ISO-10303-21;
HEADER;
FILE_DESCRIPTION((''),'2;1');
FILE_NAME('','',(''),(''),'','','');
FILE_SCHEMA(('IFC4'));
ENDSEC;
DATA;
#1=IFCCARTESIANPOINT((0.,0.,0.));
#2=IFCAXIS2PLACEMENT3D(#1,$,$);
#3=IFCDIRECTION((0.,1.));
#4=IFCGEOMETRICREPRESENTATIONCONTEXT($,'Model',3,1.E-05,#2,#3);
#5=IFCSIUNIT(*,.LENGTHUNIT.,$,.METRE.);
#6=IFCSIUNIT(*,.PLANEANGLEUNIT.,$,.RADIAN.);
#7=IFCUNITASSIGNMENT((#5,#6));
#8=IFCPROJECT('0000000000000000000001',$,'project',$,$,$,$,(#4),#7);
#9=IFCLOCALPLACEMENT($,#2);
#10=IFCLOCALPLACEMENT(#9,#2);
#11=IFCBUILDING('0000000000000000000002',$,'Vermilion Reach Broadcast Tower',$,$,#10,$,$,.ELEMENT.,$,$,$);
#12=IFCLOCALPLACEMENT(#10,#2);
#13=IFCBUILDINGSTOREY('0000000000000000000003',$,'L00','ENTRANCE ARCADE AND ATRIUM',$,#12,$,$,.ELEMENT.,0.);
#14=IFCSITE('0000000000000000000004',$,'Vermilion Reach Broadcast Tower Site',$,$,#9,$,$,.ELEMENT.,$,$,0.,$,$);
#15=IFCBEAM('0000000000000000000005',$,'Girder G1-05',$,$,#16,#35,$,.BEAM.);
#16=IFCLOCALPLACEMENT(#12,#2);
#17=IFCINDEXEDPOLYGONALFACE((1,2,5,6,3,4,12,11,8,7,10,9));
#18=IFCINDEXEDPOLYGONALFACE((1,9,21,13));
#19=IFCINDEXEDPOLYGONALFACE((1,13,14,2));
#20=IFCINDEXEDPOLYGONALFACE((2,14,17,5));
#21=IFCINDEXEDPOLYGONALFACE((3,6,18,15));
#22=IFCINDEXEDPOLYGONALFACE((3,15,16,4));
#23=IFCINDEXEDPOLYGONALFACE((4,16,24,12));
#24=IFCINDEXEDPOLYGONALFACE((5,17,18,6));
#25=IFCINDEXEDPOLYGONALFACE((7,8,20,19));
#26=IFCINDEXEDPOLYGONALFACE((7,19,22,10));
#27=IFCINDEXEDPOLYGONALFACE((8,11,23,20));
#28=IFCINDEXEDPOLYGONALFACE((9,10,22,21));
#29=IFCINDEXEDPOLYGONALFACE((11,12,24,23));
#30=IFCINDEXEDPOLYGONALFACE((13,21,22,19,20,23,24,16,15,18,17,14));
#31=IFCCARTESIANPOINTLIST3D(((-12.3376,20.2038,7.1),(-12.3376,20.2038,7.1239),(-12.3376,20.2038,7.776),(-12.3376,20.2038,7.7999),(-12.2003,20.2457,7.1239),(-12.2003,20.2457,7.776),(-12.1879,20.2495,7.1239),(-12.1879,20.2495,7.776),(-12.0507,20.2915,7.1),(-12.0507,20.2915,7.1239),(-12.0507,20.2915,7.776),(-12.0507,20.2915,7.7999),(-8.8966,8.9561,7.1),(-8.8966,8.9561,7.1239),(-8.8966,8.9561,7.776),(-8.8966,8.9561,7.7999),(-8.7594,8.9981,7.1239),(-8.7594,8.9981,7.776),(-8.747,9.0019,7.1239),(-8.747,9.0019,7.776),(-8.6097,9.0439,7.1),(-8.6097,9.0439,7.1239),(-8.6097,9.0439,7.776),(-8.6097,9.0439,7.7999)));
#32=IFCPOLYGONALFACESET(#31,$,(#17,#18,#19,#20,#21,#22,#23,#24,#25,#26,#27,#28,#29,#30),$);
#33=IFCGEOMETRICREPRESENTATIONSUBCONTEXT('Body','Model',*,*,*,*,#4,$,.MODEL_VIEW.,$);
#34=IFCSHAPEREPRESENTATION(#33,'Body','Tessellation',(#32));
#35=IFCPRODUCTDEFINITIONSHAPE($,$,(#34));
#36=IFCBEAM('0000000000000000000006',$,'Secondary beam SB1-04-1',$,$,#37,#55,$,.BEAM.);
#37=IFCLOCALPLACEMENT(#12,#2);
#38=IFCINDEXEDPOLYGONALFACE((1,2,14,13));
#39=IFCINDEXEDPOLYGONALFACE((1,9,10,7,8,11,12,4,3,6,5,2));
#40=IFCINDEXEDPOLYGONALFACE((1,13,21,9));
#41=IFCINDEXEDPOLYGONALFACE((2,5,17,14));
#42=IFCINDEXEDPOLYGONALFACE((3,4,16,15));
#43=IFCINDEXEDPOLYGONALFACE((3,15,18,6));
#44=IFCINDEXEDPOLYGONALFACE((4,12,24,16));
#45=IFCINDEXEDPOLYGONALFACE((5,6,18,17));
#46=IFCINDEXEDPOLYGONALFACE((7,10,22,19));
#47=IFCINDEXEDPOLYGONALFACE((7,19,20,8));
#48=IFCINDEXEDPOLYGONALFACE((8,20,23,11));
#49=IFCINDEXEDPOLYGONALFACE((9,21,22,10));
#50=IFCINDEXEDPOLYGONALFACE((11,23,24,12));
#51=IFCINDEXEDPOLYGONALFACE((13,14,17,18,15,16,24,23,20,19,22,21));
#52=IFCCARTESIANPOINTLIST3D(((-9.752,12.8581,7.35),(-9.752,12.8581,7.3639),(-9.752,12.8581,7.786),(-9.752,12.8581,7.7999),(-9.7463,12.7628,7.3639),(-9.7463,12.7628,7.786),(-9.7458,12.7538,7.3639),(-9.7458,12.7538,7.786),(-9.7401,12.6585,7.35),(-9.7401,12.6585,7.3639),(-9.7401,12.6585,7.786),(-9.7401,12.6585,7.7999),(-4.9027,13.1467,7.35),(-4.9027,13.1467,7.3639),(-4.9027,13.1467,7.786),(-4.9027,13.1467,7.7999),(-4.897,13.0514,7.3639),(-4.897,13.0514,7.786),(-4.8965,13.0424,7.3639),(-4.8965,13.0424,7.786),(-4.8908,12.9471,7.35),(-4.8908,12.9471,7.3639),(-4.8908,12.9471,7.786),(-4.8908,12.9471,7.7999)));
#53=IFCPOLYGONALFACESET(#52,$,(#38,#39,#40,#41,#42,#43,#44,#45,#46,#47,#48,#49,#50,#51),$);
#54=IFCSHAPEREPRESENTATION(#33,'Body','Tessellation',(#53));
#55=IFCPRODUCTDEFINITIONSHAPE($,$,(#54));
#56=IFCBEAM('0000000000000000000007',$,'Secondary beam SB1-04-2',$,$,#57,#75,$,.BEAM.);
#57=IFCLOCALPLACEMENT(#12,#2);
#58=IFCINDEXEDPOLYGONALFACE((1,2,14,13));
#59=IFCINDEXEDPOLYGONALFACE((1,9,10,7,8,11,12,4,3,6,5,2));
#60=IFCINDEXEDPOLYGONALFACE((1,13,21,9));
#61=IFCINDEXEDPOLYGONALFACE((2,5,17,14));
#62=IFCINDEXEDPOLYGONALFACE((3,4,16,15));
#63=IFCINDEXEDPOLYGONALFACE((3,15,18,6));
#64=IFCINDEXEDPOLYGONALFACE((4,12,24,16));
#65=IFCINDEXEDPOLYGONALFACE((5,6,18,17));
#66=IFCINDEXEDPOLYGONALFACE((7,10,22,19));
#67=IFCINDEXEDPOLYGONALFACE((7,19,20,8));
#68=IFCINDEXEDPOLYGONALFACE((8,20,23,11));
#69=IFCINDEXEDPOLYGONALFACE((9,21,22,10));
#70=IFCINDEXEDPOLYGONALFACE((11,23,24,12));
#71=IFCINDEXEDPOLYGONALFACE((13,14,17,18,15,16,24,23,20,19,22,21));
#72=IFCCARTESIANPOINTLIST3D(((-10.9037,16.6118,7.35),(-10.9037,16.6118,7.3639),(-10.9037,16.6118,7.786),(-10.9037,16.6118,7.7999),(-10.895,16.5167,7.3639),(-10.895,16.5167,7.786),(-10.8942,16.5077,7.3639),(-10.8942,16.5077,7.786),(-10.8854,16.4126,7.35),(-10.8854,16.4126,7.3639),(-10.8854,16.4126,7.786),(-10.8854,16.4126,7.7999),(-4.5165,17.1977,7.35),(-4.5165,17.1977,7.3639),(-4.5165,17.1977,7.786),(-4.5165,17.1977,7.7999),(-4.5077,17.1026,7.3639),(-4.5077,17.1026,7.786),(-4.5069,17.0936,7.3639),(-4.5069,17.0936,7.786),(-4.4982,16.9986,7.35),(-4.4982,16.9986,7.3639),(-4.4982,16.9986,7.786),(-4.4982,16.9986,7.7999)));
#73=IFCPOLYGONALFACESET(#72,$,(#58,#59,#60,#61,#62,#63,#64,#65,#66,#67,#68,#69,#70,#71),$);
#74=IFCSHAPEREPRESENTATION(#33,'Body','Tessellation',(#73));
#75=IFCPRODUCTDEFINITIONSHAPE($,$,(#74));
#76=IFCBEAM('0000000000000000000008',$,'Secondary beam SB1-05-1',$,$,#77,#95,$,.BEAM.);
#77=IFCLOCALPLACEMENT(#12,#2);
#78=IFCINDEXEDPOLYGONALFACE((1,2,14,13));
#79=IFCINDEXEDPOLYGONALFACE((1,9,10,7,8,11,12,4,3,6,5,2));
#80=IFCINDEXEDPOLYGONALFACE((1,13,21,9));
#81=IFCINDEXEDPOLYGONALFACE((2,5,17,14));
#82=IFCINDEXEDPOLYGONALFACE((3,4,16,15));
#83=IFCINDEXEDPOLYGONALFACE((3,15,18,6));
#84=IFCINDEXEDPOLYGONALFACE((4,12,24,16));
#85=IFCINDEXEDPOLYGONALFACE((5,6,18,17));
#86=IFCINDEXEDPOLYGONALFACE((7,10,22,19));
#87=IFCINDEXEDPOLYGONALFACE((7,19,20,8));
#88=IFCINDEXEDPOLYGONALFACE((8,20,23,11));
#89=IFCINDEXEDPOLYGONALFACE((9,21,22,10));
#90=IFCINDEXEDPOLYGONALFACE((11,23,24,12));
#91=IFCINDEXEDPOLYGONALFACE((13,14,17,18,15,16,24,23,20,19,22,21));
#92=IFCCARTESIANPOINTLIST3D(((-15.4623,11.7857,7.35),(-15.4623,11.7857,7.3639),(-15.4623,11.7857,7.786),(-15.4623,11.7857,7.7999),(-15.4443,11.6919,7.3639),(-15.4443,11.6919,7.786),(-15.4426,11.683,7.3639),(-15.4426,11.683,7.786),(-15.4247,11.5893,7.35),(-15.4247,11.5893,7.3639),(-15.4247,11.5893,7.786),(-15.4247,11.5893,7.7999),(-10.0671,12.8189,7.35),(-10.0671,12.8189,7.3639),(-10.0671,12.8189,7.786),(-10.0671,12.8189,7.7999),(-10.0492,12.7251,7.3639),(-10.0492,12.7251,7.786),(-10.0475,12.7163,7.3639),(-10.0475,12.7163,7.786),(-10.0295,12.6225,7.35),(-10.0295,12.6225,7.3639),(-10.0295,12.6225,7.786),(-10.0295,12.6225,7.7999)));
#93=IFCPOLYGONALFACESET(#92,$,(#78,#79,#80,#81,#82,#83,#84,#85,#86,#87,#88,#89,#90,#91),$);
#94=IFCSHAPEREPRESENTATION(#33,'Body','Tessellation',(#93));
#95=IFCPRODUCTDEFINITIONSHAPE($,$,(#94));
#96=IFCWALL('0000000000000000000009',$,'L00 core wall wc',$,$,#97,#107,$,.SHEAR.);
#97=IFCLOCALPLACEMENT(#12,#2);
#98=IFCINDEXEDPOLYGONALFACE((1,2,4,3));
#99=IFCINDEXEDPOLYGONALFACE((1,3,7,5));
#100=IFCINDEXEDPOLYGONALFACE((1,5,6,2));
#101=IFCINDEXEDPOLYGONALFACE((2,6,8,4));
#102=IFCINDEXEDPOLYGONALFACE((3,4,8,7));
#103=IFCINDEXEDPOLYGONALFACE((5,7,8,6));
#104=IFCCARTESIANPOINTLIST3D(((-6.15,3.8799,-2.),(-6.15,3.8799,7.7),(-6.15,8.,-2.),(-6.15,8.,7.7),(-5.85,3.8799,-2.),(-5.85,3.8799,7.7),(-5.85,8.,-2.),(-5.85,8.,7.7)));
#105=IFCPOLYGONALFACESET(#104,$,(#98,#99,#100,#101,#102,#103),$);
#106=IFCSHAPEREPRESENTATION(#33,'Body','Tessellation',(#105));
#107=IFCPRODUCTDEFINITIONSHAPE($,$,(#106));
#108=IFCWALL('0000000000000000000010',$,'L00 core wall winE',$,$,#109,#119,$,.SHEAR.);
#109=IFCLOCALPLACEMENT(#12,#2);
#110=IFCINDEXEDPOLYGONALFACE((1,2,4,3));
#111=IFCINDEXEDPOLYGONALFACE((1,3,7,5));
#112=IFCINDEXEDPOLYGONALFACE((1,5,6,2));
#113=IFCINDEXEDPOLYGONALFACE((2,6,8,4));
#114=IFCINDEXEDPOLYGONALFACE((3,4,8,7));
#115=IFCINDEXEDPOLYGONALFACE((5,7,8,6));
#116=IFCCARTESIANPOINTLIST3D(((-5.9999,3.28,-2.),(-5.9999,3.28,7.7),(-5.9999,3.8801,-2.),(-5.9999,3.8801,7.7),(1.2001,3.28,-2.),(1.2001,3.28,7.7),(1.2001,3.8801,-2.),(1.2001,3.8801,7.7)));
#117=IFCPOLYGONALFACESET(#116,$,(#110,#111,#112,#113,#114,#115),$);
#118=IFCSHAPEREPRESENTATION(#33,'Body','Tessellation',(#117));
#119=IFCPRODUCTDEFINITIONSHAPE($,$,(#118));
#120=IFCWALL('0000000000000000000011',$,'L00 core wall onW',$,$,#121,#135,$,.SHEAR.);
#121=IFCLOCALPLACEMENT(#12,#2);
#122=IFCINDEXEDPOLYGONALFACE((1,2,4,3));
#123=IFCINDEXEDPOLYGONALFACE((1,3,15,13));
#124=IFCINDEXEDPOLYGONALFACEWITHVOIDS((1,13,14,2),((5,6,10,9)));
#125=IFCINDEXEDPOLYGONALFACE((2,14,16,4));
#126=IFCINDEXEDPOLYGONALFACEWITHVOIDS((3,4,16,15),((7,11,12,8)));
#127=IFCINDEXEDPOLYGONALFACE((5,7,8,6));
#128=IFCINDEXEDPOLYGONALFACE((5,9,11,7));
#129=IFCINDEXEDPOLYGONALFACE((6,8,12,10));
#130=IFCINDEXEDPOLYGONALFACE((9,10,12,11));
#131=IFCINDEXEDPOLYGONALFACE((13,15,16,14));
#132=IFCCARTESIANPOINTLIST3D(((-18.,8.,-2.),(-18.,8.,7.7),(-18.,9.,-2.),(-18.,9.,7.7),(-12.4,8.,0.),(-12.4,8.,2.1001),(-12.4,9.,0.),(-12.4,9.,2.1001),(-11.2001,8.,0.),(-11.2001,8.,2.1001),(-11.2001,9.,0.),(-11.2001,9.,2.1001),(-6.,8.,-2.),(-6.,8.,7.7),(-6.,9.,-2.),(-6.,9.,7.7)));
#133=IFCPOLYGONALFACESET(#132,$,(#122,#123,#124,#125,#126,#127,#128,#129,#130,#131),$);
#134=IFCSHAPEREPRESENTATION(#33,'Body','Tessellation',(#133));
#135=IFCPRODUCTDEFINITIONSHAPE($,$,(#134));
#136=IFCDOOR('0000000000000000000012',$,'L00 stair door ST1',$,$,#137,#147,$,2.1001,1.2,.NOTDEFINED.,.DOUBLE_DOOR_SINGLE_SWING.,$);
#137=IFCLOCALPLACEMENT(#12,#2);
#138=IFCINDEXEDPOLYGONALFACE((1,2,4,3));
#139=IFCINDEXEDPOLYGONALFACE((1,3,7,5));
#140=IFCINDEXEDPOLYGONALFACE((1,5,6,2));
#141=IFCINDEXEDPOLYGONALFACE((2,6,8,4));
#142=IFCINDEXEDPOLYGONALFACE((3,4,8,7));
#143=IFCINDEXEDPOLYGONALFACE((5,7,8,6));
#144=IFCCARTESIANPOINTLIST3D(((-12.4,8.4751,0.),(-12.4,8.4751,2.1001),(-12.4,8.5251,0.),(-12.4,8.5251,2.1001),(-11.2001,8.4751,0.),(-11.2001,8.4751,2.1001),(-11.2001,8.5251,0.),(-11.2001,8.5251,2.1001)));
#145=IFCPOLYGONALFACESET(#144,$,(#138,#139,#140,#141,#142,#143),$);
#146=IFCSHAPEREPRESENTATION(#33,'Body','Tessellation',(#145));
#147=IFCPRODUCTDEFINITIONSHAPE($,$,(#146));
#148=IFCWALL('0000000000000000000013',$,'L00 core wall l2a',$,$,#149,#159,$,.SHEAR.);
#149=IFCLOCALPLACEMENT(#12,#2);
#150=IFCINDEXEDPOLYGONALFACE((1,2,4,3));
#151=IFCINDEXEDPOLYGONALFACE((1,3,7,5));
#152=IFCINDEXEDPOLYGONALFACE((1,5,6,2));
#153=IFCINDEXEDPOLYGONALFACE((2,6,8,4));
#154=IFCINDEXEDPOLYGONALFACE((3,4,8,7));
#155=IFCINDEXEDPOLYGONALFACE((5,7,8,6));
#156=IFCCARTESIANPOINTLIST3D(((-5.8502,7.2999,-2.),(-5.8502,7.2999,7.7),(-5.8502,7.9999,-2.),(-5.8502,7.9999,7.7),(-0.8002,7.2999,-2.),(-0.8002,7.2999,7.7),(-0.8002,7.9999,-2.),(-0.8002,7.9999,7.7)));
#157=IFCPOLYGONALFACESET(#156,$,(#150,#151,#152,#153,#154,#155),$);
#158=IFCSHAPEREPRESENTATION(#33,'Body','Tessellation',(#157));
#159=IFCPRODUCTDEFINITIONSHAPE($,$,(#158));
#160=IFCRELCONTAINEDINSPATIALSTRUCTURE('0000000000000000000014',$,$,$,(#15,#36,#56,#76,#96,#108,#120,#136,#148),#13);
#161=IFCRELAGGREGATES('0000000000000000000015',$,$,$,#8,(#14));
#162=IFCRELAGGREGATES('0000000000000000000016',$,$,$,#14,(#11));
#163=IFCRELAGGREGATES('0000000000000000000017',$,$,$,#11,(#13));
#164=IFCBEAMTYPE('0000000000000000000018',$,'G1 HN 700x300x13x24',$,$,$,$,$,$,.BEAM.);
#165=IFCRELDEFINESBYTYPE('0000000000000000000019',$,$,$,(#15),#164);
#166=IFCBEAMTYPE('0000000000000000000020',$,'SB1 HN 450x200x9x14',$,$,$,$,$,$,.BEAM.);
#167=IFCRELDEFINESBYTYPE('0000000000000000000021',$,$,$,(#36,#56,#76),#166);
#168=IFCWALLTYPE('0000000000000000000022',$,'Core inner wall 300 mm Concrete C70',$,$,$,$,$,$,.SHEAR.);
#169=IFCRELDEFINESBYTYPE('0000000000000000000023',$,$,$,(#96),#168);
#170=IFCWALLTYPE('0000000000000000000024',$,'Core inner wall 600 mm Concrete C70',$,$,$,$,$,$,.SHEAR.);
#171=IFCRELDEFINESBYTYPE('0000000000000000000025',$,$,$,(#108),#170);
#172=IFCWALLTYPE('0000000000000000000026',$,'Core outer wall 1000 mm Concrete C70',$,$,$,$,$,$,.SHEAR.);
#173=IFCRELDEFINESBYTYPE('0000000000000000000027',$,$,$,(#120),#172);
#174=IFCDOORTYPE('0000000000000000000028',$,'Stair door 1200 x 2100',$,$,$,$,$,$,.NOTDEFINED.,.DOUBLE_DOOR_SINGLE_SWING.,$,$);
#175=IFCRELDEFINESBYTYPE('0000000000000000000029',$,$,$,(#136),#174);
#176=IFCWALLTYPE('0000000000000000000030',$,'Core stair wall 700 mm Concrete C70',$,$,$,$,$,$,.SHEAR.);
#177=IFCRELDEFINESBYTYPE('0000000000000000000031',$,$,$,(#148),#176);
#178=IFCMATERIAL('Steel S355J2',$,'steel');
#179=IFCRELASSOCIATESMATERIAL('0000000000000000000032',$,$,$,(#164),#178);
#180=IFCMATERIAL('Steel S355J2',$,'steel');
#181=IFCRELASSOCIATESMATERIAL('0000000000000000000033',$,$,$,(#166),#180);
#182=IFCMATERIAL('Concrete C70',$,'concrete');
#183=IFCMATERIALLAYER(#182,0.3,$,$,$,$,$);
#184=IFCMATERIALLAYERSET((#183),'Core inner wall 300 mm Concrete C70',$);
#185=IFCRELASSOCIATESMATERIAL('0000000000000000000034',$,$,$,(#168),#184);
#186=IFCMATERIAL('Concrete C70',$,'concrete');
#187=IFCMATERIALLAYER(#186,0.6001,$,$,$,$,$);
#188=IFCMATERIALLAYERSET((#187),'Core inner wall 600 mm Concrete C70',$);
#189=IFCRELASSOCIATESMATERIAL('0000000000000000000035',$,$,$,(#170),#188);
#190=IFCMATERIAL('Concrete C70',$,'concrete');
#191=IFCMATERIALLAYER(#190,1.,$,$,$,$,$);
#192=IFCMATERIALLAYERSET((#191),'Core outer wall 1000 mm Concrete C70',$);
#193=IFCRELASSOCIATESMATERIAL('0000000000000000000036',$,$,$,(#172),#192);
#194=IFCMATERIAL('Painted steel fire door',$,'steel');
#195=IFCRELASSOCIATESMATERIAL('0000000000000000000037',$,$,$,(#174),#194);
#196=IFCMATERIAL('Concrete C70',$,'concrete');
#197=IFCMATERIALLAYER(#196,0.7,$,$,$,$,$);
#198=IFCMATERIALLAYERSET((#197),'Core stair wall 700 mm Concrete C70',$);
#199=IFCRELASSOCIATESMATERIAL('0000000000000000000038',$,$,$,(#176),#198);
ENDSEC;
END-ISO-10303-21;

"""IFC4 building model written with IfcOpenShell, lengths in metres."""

from ifc_helpers import new_model, si_unit, direction, frame, frame_2d, origin, origin_2d, place, context, subcontext, project, spatial, rectangle, i_section, extrude, material, layer, layer_set, material_profile, profile_set, type_object, element, fill, save


model = new_model("IFC4")

# Units and contexts
model_context = context("Model", 3, precision=1e-05, world=origin(), true_north=direction((0.0, 1.0)))
body_context = subcontext(model_context, "Body", "Model", "MODEL_VIEW")
ifc_project = project(units=[si_unit("LENGTHUNIT", "METRE"), si_unit("PLANEANGLEUNIT", "RADIAN")], contexts=[model_context])

# Site, building, storey
site_placement = place(None, origin())
site = spatial("IfcSite", under=ifc_project, at=site_placement, Name="Vermilion Reach Broadcast Tower Site", CompositionType="ELEMENT", RefElevation=0.0)
building_placement = place(site_placement, origin())
building = spatial("IfcBuilding", under=site, at=building_placement, Name="Vermilion Reach Broadcast Tower", CompositionType="ELEMENT")
storey_placement = place(building_placement, origin())
storey = spatial("IfcBuildingStorey", under=building, at=storey_placement, Name="L00", Description="ENTRANCE ARCADE AND ATRIUM", CompositionType="ELEMENT", Elevation=0.0)

# Beams
ifc_material_1 = material(Name="Steel S355J2", Category="steel")
ifc_material_profile_1 = material_profile(ifc_material_1, i_section(OverallWidth=0.3, OverallDepth=0.7, WebThickness=0.0129, FlangeThickness=0.0239, at=origin_2d()), Name="S355J2 HN 700x300x13x24")
ifc_profile_set_1 = profile_set([ifc_material_profile_1], Name="Steel S355J2")
beam_type_1 = type_object("IfcBeamType", Name="G1 HN 700x300x13x24", PredefinedType="BEAM", material=ifc_profile_set_1)
beam_1_placement = place(storey_placement, frame((-8.7532, 9.0, 7.45), z_axis=(-0.292542, 0.956253, 0.0), x_axis=(-0.956253, -0.292542, 0.0)))
element("IfcBeam", 1, at=beam_1_placement, inside=storey, type_object=beam_type_1, Name="Girder G1-05", PredefinedType="BEAM", context=body_context, shape_type="SweptSolid", body=[
    extrude(i_section(OverallWidth=0.3, OverallDepth=0.7, WebThickness=0.0129, FlangeThickness=0.0239, at=origin_2d()), origin(), (0.0, 0.0, 1.0), 11.7622),
])
ifc_material_2 = material(Name="Steel S355J2", Category="steel")
ifc_material_profile_2 = material_profile(ifc_material_2, i_section(OverallWidth=0.2, OverallDepth=0.45, WebThickness=0.009, FlangeThickness=0.0139, at=origin_2d()), Name="S355J2 HN 450x200x9x14")
ifc_profile_set_2 = profile_set([ifc_material_profile_2], Name="Steel S355J2")
beam_type_2 = type_object("IfcBeamType", Name="SB1 HN 450x200x9x14", PredefinedType="BEAM", material=ifc_profile_set_2)
beam_2_placement = place(storey_placement, frame((-4.8967, 13.0469, 7.575), z_axis=(-0.998234, -0.059403, 0.0), x_axis=(0.059403, -0.998234, 0.0)))
element("IfcBeam", 2, at=beam_2_placement, inside=storey, type_object=beam_type_2, Name="Secondary beam SB1-04-1", PredefinedType="BEAM", context=body_context, shape_type="SweptSolid", body=[
    extrude(i_section(OverallWidth=0.2, OverallDepth=0.45, WebThickness=0.009, FlangeThickness=0.0139, at=origin_2d()), origin(), (0.0, 0.0, 1.0), 4.8579),
])
beam_3_placement = place(storey_placement, frame((-4.5073, 17.0981, 7.575), z_axis=(-0.995819, -0.091353, 0.0), x_axis=(0.091353, -0.995819, 0.0)))
element("IfcBeam", 3, at=beam_3_placement, inside=storey, type_object=beam_type_2, Name="Secondary beam SB1-04-2", PredefinedType="BEAM", context=body_context, shape_type="SweptSolid", body=[
    extrude(i_section(OverallWidth=0.2, OverallDepth=0.45, WebThickness=0.009, FlangeThickness=0.0139, at=origin_2d()), origin(), (0.0, 0.0, 1.0), 6.4141),
])
beam_4_placement = place(storey_placement, frame((-10.0483, 12.7207, 7.575), z_axis=(-0.982151, -0.188092, 0.0), x_axis=(0.188092, -0.982151, 0.0)))
element("IfcBeam", 4, at=beam_4_placement, inside=storey, type_object=beam_type_2, Name="Secondary beam SB1-05-1", PredefinedType="BEAM", context=body_context, shape_type="SweptSolid", body=[
    extrude(i_section(OverallWidth=0.2, OverallDepth=0.45, WebThickness=0.009, FlangeThickness=0.0139, at=origin_2d()), origin(), (0.0, 0.0, 1.0), 5.4932),
])

# Walls
ifc_material_3 = material(Name="Concrete C70", Category="concrete")
ifc_layer_1 = layer(ifc_material_3, 0.3)
ifc_layer_set_1 = layer_set([ifc_layer_1], Name="Core inner wall 300 mm Concrete C70")
wall_type_1 = type_object("IfcWallType", Name="Core inner wall 300 mm Concrete C70", PredefinedType="SHEAR", material=ifc_layer_set_1)
wall_1_placement = place(storey_placement, frame((-6.0, 3.8799, -2.0), z_axis=(0.0, 0.0, 1.0), x_axis=(0.0, 1.0, 0.0)))
element("IfcWall", 5, at=wall_1_placement, inside=storey, type_object=wall_type_1, Name="L00 core wall wc", PredefinedType="SHEAR", context=body_context, shape_type="SweptSolid", body=[
    extrude(rectangle(XDim=4.1201, YDim=0.3, at=frame_2d((2.0601, 0.0))), origin(), (0.0, 0.0, 1.0), 9.7),
])
ifc_material_4 = material(Name="Concrete C70", Category="concrete")
ifc_layer_2 = layer(ifc_material_4, 0.6001)
ifc_layer_set_2 = layer_set([ifc_layer_2], Name="Core inner wall 600 mm Concrete C70")
wall_type_2 = type_object("IfcWallType", Name="Core inner wall 600 mm Concrete C70", PredefinedType="SHEAR", material=ifc_layer_set_2)
wall_2_placement = place(storey_placement, frame((-6.0, 3.5801, -2.0), z_axis=(0.0, 0.0, 1.0), x_axis=(1.0, 0.0, 0.0)))
element("IfcWall", 6, at=wall_2_placement, inside=storey, type_object=wall_type_2, Name="L00 core wall winE", PredefinedType="SHEAR", context=body_context, shape_type="SweptSolid", body=[
    extrude(rectangle(XDim=7.2, YDim=0.6001, at=frame_2d((3.6001, 0.0))), origin(), (0.0, 0.0, 1.0), 9.7),
])

# Wall, opening, door
ifc_material_5 = material(Name="Concrete C70", Category="concrete")
ifc_layer_3 = layer(ifc_material_5, 1.0)
ifc_layer_set_3 = layer_set([ifc_layer_3], Name="Core outer wall 1000 mm Concrete C70")
wall_type_3 = type_object("IfcWallType", Name="Core outer wall 1000 mm Concrete C70", PredefinedType="SHEAR", material=ifc_layer_set_3)
wall_3_placement = place(storey_placement, frame((-6.0, 8.5, -2.0), z_axis=(0.0, 0.0, 1.0), x_axis=(-1.0, 0.0, 0.0)))
wall_3 = element("IfcWall", 7, at=wall_3_placement, inside=storey, type_object=wall_type_3, Name="L00 core wall onW", PredefinedType="SHEAR", context=body_context, shape_type="SweptSolid", body=[
    extrude(rectangle(XDim=12.0, YDim=1.0, at=frame_2d((6.0, 0.0))), origin(), (0.0, 0.0, 1.0), 9.7),
])
opening_1_placement = place(wall_3_placement, frame((5.2, 0.0, 2.0)))
opening_1 = element("IfcOpeningElement", 8, at=opening_1_placement, cuts=wall_3, PredefinedType="OPENING", context=body_context, shape_type="SweptSolid", body=[
    extrude(rectangle(XDim=1.2, YDim=2.1001, at=frame_2d((0.6001, 1.05))), frame((0.0, 0.51, 0.0), z_axis=(0.0, -1.0, 0.0), x_axis=(1.0, 0.0, 0.0)), (0.0, 0.0, 1.0), 1.02),
])
ifc_material_6 = material(Name="Painted steel fire door", Category="steel")
door_type_1 = type_object("IfcDoorType", Name="Stair door 1200 x 2100", OperationType="DOUBLE_DOOR_SINGLE_SWING", PredefinedType="NOTDEFINED", material=ifc_material_6)
door_1_placement = place(opening_1_placement, origin())
door_1 = element("IfcDoor", 9, at=door_1_placement, inside=storey, type_object=door_type_1, Name="L00 stair door ST1", OperationType="DOUBLE_DOOR_SINGLE_SWING", OverallHeight=2.1001, OverallWidth=1.2, PredefinedType="NOTDEFINED", context=body_context, shape_type="SweptSolid", body=[
    extrude(rectangle(XDim=1.2, YDim=2.1001, at=frame_2d((0.6001, 1.05))), frame((0.0, 0.0249, 0.0), z_axis=(0.0, -1.0, 0.0), x_axis=(1.0, 0.0, 0.0)), (0.0, 0.0, 1.0), 0.05),
])
fill(opening_1, door_1)

# Wall
ifc_material_7 = material(Name="Concrete C70", Category="concrete")
ifc_layer_4 = layer(ifc_material_7, 0.7)
ifc_layer_set_4 = layer_set([ifc_layer_4], Name="Core stair wall 700 mm Concrete C70")
wall_type_4 = type_object("IfcWallType", Name="Core stair wall 700 mm Concrete C70", PredefinedType="SHEAR", material=ifc_layer_set_4)
wall_4_placement = place(storey_placement, frame((-5.8501, 7.6499, -2.0), z_axis=(0.0, 0.0, 1.0), x_axis=(1.0, 0.0, 0.0)))
element("IfcWall", 10, at=wall_4_placement, inside=storey, type_object=wall_type_4, Name="L00 core wall l2a", PredefinedType="SHEAR", context=body_context, shape_type="SweptSolid", body=[
    extrude(rectangle(XDim=5.05, YDim=0.7, at=frame_2d((2.5249, 0.0))), origin(), (0.0, 0.0, 1.0), 9.7),
])

save(model, "model.ifc")
